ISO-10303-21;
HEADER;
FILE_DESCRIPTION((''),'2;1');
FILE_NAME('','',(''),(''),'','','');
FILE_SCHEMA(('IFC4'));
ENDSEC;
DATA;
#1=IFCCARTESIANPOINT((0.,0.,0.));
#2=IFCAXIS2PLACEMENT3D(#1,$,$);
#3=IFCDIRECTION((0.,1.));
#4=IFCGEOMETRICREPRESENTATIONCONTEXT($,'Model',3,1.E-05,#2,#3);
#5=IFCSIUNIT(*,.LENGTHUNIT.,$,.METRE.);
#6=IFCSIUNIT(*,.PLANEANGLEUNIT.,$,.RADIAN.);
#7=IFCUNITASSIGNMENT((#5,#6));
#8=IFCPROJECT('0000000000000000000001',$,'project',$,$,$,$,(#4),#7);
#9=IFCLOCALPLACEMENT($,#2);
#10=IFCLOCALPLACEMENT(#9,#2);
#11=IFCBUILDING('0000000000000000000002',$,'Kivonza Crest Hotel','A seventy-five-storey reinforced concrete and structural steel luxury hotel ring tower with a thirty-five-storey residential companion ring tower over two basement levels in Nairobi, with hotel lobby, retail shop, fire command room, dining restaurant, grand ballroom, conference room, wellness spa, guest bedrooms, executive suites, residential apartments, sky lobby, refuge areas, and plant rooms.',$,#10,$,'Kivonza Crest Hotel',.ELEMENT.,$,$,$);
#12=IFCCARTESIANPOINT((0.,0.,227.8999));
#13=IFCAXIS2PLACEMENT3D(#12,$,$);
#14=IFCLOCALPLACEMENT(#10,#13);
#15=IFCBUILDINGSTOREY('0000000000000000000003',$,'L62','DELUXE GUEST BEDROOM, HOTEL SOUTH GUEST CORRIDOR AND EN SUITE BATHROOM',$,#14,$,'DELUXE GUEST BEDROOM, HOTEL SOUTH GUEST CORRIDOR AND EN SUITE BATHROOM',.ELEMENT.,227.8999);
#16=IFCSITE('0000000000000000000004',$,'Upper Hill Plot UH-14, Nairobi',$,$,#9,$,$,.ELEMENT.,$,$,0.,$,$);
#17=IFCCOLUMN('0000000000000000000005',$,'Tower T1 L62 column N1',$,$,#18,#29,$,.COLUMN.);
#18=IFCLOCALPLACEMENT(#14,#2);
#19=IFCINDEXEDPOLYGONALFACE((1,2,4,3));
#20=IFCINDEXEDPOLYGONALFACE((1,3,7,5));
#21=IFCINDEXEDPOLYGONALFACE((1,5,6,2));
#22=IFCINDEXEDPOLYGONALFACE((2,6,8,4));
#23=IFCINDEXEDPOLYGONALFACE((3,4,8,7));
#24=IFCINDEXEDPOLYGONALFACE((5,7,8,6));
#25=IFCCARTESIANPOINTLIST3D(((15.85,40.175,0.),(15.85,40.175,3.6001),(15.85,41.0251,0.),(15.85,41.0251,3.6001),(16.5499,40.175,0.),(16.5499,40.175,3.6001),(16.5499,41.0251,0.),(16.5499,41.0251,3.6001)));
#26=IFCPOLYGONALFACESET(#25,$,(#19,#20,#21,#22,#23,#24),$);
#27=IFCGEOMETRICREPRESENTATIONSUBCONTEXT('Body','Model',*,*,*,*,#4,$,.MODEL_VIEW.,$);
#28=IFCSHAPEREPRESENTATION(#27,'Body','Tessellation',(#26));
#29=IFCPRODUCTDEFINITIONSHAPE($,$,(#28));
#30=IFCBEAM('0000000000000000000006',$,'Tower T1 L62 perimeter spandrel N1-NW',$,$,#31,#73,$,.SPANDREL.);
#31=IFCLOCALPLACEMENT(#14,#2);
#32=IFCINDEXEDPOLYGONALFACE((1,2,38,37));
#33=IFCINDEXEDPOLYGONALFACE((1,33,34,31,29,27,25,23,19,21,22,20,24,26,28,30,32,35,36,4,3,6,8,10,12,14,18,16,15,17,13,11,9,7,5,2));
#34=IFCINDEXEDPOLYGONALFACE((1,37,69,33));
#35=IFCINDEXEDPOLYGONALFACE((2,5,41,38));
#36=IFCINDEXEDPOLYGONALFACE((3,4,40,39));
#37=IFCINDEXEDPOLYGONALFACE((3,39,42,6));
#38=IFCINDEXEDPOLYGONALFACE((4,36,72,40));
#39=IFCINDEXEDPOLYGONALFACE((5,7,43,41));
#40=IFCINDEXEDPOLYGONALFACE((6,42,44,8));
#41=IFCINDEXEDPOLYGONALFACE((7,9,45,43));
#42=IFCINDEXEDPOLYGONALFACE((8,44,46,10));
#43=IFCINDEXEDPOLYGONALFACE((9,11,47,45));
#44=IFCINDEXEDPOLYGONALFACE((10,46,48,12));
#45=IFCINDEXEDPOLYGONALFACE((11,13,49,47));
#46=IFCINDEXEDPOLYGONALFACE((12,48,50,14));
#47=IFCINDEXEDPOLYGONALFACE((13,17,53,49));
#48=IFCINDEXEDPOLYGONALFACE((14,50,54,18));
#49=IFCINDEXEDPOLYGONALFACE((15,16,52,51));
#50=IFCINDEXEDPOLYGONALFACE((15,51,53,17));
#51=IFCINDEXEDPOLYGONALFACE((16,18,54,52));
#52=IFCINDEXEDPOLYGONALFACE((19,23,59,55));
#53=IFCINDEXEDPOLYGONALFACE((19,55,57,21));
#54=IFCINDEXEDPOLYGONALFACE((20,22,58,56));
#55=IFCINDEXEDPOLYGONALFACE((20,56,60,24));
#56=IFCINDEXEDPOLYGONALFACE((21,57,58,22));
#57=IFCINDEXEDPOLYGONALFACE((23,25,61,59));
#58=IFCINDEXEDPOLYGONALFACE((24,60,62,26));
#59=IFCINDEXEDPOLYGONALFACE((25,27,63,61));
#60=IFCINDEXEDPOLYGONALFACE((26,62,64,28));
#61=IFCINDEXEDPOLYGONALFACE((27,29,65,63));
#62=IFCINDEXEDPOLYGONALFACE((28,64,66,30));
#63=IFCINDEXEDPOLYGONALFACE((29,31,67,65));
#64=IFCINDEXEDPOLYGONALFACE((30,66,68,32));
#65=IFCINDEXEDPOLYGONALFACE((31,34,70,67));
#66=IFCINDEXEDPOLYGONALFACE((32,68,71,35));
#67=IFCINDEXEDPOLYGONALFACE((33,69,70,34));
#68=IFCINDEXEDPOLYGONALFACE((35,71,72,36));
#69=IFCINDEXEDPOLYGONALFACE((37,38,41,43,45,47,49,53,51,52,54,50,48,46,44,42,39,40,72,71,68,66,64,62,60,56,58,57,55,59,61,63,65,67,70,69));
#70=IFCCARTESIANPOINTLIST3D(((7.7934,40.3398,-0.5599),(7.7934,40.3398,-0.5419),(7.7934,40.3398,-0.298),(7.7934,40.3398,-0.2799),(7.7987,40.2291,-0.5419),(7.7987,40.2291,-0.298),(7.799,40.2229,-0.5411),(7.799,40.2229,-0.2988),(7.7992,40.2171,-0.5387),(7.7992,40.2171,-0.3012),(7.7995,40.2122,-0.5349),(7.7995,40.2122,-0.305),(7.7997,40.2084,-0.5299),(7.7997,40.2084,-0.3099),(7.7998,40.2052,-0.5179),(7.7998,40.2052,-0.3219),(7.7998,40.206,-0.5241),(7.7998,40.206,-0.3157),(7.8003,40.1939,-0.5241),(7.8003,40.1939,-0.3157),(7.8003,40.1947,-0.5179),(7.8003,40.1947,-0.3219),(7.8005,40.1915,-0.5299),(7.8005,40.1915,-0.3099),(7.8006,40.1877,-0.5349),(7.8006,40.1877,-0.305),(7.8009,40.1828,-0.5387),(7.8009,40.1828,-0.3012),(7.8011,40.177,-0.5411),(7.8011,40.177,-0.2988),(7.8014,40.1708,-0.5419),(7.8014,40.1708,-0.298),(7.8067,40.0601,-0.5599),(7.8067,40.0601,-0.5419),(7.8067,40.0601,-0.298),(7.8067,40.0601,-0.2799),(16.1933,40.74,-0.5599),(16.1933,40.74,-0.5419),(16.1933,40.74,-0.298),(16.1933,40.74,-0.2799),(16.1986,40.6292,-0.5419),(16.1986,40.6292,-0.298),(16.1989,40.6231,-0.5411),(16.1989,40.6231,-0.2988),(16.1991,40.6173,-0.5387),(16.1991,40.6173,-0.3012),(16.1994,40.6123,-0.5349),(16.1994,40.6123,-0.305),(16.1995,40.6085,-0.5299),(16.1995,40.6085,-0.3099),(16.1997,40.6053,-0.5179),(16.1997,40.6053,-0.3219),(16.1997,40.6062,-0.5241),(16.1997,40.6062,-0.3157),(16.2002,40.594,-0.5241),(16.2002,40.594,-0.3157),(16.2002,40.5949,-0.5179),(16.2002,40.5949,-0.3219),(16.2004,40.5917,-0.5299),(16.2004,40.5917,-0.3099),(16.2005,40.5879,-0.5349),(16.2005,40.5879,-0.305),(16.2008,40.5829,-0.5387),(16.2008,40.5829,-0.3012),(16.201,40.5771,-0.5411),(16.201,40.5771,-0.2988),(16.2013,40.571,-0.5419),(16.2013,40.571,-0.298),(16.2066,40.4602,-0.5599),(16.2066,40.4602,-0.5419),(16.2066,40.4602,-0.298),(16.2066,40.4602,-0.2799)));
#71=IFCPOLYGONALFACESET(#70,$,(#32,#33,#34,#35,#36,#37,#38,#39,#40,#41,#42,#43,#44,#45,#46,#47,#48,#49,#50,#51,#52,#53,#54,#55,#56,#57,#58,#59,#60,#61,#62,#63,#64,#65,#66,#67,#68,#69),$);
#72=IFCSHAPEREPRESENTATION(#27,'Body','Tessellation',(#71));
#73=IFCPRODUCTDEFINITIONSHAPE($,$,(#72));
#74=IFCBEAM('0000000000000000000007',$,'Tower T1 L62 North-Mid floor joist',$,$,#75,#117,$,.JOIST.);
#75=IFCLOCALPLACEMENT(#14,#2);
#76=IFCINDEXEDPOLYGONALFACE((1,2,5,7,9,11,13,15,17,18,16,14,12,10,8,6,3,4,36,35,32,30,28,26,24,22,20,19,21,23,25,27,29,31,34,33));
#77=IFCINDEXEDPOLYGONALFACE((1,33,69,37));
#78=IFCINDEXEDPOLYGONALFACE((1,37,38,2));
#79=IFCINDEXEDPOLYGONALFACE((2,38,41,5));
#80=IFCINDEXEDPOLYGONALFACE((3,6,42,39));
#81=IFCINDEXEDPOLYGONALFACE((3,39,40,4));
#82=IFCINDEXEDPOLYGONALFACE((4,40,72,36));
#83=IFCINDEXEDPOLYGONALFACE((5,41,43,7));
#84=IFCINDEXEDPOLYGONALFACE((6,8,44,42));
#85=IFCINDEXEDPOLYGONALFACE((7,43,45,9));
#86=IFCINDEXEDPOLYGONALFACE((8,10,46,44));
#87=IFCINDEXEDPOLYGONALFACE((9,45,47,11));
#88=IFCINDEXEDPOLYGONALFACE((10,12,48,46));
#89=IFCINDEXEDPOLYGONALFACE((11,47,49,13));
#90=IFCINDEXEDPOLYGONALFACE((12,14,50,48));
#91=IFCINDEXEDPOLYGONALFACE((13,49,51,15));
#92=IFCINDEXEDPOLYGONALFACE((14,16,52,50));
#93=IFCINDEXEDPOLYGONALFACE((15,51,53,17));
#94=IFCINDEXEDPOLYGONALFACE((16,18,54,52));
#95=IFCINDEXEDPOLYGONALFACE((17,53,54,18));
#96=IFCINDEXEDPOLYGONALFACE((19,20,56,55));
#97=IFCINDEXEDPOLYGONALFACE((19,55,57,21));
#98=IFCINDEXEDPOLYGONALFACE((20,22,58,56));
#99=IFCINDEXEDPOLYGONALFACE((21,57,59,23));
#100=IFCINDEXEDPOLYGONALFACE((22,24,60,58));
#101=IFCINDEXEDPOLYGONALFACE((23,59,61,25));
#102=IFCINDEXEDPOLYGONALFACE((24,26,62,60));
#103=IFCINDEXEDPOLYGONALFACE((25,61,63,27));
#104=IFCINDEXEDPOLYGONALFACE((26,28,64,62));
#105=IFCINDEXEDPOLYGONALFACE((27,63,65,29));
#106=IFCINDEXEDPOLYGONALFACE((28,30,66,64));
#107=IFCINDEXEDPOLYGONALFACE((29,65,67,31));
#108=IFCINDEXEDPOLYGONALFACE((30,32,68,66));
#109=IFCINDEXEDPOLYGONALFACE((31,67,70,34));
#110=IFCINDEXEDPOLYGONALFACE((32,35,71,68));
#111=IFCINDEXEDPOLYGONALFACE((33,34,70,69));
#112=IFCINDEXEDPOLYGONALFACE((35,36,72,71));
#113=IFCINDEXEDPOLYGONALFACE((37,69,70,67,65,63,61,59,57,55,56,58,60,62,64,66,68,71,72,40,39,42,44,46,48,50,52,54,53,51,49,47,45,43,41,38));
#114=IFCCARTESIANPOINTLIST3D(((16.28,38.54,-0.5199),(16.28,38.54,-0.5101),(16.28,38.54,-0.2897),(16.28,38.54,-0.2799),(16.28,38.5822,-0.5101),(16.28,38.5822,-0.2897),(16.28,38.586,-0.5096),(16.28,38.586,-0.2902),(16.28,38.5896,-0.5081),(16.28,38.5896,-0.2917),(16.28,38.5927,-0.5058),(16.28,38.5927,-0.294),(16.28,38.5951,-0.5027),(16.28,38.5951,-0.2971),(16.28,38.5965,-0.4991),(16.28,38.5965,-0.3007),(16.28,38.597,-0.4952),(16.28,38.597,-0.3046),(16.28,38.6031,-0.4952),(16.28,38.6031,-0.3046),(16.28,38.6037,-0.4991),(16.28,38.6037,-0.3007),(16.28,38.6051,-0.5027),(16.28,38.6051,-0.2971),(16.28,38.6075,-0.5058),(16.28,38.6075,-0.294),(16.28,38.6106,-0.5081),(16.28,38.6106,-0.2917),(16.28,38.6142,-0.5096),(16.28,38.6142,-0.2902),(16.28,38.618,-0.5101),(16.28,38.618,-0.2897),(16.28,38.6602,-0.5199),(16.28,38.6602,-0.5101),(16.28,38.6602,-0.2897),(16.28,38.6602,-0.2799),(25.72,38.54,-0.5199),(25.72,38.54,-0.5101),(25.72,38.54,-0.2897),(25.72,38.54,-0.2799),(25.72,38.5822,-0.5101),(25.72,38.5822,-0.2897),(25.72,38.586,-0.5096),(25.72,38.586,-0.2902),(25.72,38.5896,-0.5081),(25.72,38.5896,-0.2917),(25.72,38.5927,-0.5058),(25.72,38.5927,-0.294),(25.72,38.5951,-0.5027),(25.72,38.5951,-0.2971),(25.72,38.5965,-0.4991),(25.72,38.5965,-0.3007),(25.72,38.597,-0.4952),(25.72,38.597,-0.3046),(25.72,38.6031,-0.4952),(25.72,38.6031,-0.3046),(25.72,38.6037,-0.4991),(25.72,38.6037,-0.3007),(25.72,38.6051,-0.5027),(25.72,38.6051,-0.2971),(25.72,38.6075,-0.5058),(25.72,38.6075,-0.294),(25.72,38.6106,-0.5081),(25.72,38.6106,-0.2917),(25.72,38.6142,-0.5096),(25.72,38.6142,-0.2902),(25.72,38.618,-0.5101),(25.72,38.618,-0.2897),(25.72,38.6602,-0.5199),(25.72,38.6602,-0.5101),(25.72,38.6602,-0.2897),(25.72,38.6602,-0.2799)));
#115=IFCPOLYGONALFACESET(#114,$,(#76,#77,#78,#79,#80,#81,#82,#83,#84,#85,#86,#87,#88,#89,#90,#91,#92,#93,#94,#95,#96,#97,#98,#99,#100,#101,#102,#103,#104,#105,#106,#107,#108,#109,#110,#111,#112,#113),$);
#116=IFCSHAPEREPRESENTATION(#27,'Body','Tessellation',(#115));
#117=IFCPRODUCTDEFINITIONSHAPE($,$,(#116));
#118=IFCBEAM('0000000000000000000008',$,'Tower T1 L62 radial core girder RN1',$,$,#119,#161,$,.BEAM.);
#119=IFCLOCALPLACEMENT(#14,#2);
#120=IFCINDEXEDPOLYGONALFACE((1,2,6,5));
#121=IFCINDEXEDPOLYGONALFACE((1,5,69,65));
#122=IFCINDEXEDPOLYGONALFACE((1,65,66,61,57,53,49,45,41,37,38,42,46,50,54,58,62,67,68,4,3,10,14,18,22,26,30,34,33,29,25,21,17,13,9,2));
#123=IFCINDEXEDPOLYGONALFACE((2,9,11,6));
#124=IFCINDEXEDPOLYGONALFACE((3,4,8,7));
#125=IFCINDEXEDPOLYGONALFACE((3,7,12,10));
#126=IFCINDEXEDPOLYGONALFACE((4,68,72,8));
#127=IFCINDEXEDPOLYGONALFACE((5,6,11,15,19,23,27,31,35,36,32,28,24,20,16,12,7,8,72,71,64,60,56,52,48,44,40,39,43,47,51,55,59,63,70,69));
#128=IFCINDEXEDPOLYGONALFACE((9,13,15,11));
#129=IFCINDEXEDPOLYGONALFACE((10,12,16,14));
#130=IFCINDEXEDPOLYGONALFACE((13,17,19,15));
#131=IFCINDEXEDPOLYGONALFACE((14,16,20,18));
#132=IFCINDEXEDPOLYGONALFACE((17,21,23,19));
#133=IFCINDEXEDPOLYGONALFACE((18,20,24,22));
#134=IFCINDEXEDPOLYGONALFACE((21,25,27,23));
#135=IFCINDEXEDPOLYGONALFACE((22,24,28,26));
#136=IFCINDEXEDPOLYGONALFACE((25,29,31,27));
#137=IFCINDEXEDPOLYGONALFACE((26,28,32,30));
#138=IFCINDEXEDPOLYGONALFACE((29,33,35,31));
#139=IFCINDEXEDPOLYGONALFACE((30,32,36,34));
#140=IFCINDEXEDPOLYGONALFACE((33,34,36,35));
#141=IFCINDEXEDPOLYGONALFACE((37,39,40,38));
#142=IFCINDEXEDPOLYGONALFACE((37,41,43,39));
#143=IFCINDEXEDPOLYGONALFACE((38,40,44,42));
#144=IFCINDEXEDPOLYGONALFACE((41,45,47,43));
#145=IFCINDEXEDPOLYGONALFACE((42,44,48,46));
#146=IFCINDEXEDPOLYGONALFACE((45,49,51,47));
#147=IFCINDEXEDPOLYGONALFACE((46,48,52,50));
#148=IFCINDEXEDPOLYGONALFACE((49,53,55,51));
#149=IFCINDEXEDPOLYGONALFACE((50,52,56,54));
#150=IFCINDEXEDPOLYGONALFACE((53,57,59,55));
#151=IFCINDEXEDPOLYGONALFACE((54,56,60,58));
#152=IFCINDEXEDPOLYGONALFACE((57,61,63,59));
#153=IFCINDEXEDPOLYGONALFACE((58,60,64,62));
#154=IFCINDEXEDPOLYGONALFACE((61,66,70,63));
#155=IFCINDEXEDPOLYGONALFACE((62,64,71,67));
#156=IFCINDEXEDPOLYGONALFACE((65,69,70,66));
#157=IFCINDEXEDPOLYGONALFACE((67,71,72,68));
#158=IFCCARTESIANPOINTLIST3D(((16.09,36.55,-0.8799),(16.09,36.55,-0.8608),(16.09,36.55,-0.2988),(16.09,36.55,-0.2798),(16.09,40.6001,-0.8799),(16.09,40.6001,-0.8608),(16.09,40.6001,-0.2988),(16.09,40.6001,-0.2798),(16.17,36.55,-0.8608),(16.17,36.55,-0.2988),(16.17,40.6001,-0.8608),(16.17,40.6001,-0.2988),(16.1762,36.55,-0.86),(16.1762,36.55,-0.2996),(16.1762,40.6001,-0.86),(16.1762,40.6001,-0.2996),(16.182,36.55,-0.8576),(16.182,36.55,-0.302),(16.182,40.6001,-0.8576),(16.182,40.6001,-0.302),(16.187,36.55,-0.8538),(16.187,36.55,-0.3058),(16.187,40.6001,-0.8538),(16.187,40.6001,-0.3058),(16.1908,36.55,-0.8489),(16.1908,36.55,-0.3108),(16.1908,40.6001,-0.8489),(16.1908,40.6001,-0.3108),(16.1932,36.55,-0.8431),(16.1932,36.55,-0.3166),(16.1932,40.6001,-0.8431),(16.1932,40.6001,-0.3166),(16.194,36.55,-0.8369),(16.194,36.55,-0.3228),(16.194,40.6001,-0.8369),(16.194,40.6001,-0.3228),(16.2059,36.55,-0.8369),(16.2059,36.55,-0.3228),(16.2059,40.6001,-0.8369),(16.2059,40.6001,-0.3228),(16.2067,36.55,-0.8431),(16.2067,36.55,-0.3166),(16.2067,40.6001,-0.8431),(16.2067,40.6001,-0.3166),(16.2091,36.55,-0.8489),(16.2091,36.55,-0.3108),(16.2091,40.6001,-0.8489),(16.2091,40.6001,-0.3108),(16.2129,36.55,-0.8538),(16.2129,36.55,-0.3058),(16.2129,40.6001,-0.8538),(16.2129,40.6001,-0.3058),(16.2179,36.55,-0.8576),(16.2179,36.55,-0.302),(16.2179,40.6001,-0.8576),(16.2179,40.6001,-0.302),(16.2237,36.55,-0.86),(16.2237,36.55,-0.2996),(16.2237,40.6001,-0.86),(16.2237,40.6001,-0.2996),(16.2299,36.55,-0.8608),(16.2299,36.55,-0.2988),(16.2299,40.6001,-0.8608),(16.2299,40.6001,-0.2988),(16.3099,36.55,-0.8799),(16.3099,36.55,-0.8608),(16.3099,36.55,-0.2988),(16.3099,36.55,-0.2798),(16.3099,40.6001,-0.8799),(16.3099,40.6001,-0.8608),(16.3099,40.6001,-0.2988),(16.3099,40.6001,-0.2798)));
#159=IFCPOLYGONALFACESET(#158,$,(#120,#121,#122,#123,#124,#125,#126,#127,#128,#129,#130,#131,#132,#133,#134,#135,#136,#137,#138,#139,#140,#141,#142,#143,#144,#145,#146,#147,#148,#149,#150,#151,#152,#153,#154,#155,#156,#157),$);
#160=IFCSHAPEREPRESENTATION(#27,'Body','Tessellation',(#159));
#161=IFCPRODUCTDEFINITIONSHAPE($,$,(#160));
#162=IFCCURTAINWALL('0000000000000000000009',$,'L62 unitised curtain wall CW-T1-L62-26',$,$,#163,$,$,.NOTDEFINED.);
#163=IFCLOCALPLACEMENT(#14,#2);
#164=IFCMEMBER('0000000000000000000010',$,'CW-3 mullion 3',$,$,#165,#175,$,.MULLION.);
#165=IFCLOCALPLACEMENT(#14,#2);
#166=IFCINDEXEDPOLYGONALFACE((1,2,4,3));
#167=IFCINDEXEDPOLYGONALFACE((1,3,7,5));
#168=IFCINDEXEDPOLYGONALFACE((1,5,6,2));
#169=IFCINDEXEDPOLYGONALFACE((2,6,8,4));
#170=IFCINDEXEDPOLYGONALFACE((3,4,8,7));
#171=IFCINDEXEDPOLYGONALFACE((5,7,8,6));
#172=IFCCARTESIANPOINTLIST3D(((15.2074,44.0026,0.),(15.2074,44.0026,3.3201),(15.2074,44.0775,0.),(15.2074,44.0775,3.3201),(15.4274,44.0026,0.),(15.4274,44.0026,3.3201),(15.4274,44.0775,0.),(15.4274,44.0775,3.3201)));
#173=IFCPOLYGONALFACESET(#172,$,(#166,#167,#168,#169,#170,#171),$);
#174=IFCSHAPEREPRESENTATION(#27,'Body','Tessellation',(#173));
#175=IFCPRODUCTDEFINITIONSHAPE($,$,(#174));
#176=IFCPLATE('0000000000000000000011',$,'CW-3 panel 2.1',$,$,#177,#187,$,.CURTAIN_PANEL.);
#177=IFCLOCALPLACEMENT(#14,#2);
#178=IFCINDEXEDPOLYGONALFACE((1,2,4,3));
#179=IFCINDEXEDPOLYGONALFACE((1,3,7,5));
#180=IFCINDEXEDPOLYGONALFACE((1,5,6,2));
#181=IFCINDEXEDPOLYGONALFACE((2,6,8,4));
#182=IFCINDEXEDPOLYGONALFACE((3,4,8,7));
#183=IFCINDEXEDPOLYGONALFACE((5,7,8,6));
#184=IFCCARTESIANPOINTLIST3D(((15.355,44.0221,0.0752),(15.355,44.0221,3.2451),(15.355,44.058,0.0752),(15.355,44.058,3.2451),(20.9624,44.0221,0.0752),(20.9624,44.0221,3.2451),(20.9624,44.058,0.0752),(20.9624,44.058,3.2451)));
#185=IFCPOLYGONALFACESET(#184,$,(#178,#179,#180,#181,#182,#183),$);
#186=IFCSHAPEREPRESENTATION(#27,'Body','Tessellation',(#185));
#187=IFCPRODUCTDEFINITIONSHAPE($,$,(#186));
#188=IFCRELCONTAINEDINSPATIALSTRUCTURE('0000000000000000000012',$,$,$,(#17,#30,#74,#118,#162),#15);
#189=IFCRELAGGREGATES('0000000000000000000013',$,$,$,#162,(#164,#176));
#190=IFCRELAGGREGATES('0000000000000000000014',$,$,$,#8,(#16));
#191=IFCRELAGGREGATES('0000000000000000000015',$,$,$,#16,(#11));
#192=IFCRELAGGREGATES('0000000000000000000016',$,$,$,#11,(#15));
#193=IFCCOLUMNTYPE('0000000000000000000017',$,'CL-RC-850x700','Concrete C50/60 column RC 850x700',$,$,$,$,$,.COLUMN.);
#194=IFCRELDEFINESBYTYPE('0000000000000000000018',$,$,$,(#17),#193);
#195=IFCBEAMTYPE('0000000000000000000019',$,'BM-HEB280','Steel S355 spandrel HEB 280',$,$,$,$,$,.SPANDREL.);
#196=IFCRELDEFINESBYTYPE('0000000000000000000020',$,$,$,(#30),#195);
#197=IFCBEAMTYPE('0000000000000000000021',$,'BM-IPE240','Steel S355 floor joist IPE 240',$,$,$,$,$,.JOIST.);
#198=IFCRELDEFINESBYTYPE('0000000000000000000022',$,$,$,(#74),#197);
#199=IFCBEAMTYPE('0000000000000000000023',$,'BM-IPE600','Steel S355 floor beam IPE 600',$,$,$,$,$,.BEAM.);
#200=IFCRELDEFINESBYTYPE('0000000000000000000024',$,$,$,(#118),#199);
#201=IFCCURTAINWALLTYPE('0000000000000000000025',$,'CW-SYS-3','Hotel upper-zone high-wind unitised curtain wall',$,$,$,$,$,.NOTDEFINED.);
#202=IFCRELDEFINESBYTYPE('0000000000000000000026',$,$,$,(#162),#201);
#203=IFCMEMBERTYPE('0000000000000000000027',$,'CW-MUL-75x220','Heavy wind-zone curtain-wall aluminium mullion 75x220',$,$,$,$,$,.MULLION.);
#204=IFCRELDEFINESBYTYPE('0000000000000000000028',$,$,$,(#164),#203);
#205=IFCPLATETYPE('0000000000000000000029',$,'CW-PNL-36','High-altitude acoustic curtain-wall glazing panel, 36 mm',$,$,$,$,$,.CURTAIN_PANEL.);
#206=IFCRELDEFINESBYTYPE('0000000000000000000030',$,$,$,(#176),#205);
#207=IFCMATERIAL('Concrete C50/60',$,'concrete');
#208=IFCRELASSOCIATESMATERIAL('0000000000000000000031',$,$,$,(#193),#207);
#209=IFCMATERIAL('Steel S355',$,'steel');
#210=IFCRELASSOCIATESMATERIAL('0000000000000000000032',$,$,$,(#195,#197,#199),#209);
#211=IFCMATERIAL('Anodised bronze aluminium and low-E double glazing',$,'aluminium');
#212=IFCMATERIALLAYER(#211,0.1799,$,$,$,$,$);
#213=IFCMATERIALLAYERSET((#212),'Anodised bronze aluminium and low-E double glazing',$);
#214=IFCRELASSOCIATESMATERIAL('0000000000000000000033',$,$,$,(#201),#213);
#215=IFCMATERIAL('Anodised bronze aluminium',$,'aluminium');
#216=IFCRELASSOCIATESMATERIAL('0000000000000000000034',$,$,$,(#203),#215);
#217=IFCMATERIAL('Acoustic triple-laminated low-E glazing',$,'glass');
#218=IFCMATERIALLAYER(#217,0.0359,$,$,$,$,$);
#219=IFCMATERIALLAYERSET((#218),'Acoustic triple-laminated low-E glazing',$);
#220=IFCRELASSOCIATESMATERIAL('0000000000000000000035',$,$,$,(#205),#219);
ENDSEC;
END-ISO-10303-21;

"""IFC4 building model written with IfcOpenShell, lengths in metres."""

from ifc_helpers import new_model, si_unit, direction, frame, origin, origin_2d, place, context, subcontext, project, spatial, rectangle, i_section, extrude, material, layer, layer_set, material_profile, profile_set, type_object, element, aggregate, save


model = new_model("IFC4")

# Units and contexts
model_context = context("Model", 3, precision=1e-05, world=origin(), true_north=direction((0.0, 1.0)))
body_context = subcontext(model_context, "Body", "Model", "MODEL_VIEW")
ifc_project = project(units=[si_unit("LENGTHUNIT", "METRE"), si_unit("PLANEANGLEUNIT", "RADIAN")], contexts=[model_context])

# Site, building, storey
site_placement = place(None, origin())
site = spatial("IfcSite", under=ifc_project, at=site_placement, Name="Upper Hill Plot UH-14, Nairobi", CompositionType="ELEMENT", RefElevation=0.0)
building_placement = place(site_placement, origin())
building = spatial("IfcBuilding", under=site, at=building_placement, Name="Kivonza Crest Hotel", Description="A seventy-five-storey reinforced concrete and structural steel luxury hotel ring tower with a thirty-five-storey residential companion ring tower over two basement levels in Nairobi, with hotel lobby, retail shop, fire command room, dining restaurant, grand ballroom, conference room, wellness spa, guest bedrooms, executive suites, residential apartments, sky lobby, refuge areas, and plant rooms.", LongName="Kivonza Crest Hotel", CompositionType="ELEMENT")
storey_placement = place(building_placement, frame((0.0, 0.0, 227.8999)))
storey = spatial("IfcBuildingStorey", under=building, at=storey_placement, Name="L62", Description="DELUXE GUEST BEDROOM, HOTEL SOUTH GUEST CORRIDOR AND EN SUITE BATHROOM", LongName="DELUXE GUEST BEDROOM, HOTEL SOUTH GUEST CORRIDOR AND EN SUITE BATHROOM", CompositionType="ELEMENT", Elevation=227.8999)

# Column
ifc_material_1 = material(Name="Concrete C50/60", Category="concrete")
ifc_material_profile_1 = material_profile(ifc_material_1, rectangle(XDim=0.7, YDim=0.8501, at=origin_2d()), Name="RC 850x700")
ifc_profile_set_1 = profile_set([ifc_material_profile_1], Name="Concrete C50/60")
column_type = type_object("IfcColumnType", Name="CL-RC-850x700", Description="Concrete C50/60 column RC 850x700", PredefinedType="COLUMN", material=ifc_profile_set_1)
column_placement = place(storey_placement, frame((16.2, 40.6001, 0.0), z_axis=(0.0, 0.0, 1.0), x_axis=(1.0, 0.0, 0.0)))
element("IfcColumn", 1, at=column_placement, inside=storey, type_object=column_type, Name="Tower T1 L62 column N1", PredefinedType="COLUMN", context=body_context, shape_type="SweptSolid", body=[
    extrude(rectangle(XDim=0.7, YDim=0.8501, at=origin_2d()), origin(), (0.0, 0.0, 1.0), 3.6001),
])

# Beams
ifc_material_2 = material(Name="Steel S355", Category="steel")
ifc_material_profile_2 = material_profile(ifc_material_2, i_section(OverallWidth=0.28, OverallDepth=0.28, WebThickness=0.0105, FlangeThickness=0.0181, FilletRadius=0.0239, at=origin_2d()), Name="HEB 280")
ifc_profile_set_2 = profile_set([ifc_material_profile_2], Name="Steel S355")
beam_type_1 = type_object("IfcBeamType", Name="BM-HEB280", Description="Steel S355 spandrel HEB 280", PredefinedType="SPANDREL", material=ifc_profile_set_2)
beam_1_placement = place(storey_placement, frame((16.2, 40.6001, -0.4199), z_axis=(-0.998867, -0.047583, 0.0), x_axis=(0.047583, -0.998867, 0.0)))
element("IfcBeam", 2, at=beam_1_placement, inside=storey, type_object=beam_type_1, Name="Tower T1 L62 perimeter spandrel N1-NW", PredefinedType="SPANDREL", context=body_context, shape_type="SweptSolid", body=[
    extrude(i_section(OverallWidth=0.28, OverallDepth=0.28, WebThickness=0.0105, FlangeThickness=0.0181, FilletRadius=0.0239, at=origin_2d()), origin(), (0.0, 0.0, 1.0), 8.4094),
])
ifc_material_profile_3 = material_profile(ifc_material_2, i_section(OverallWidth=0.1201, OverallDepth=0.24, WebThickness=0.0061, FlangeThickness=0.0098, FilletRadius=0.0149, at=origin_2d()), Name="IPE 240")
ifc_profile_set_3 = profile_set([ifc_material_profile_3], Name="Steel S355")
beam_type_2 = type_object("IfcBeamType", Name="BM-IPE240", Description="Steel S355 floor joist IPE 240", PredefinedType="JOIST", material=ifc_profile_set_3)
beam_2_placement = place(storey_placement, frame((16.28, 38.6001, -0.3999), z_axis=(1.0, 0.0, 0.0), x_axis=(0.0, 1.0, 0.0)))
element("IfcBeam", 3, at=beam_2_placement, inside=storey, type_object=beam_type_2, Name="Tower T1 L62 North-Mid floor joist", PredefinedType="JOIST", context=body_context, shape_type="SweptSolid", body=[
    extrude(i_section(OverallWidth=0.1201, OverallDepth=0.24, WebThickness=0.0061, FlangeThickness=0.0098, FilletRadius=0.0149, at=origin_2d()), origin(), (0.0, 0.0, 1.0), 9.4399),
])
ifc_material_profile_4 = material_profile(ifc_material_2, i_section(OverallWidth=0.22, OverallDepth=0.6001, WebThickness=0.012, FlangeThickness=0.019, FilletRadius=0.0239, at=origin_2d()), Name="IPE 600")
ifc_profile_set_4 = profile_set([ifc_material_profile_4], Name="Steel S355")
beam_type_3 = type_object("IfcBeamType", Name="BM-IPE600", Description="Steel S355 floor beam IPE 600", PredefinedType="BEAM", material=ifc_profile_set_4)
beam_3_placement = place(storey_placement, frame((16.2, 40.6001, -0.5798), z_axis=(0.0, -1.0, 0.0), x_axis=(1.0, 0.0, 0.0)))
element("IfcBeam", 4, at=beam_3_placement, inside=storey, type_object=beam_type_3, Name="Tower T1 L62 radial core girder RN1", PredefinedType="BEAM", context=body_context, shape_type="SweptSolid", body=[
    extrude(i_section(OverallWidth=0.22, OverallDepth=0.6001, WebThickness=0.012, FlangeThickness=0.019, FilletRadius=0.0239, at=origin_2d()), origin(), (0.0, 0.0, 1.0), 4.05),
])

# Curtain wall, member, plate
ifc_material_3 = material(Name="Anodised bronze aluminium and low-E double glazing", Category="aluminium")
ifc_layer_1 = layer(ifc_material_3, 0.1799)
ifc_layer_set_1 = layer_set([ifc_layer_1], Name="Anodised bronze aluminium and low-E double glazing")
curtain_wall_type = type_object("IfcCurtainWallType", Name="CW-SYS-3", Description="Hotel upper-zone high-wind unitised curtain wall", PredefinedType="NOTDEFINED", material=ifc_layer_set_1)
curtain_wall_placement = place(storey_placement, origin())
curtain_wall = element("IfcCurtainWall", 5, at=curtain_wall_placement, inside=storey, type_object=curtain_wall_type, Name="L62 unitised curtain wall CW-T1-L62-26", PredefinedType="NOTDEFINED")
ifc_material_4 = material(Name="Anodised bronze aluminium", Category="aluminium")
ifc_material_profile_5 = material_profile(ifc_material_4, rectangle(XDim=0.075, YDim=0.22, at=origin_2d()), Name="CW-M 75x220")
ifc_profile_set_5 = profile_set([ifc_material_profile_5], Name="Anodised bronze aluminium")
member_type = type_object("IfcMemberType", Name="CW-MUL-75x220", Description="Heavy wind-zone curtain-wall aluminium mullion 75x220", PredefinedType="MULLION", material=ifc_profile_set_5)
member_placement = place(storey_placement, frame((15.3174, 44.04, 0.0), z_axis=(0.0, 0.0, 1.0), x_axis=(0.0, -1.0, 0.0)))
member = element("IfcMember", 6, at=member_placement, type_object=member_type, Name="CW-3 mullion 3", PredefinedType="MULLION", context=body_context, shape_type="SweptSolid", body=[
    extrude(rectangle(XDim=0.075, YDim=0.22, at=origin_2d()), origin(), (0.0, 0.0, 1.0), 3.3201),
])
ifc_material_5 = material(Name="Acoustic triple-laminated low-E glazing", Category="glass")
ifc_layer_2 = layer(ifc_material_5, 0.0359)
ifc_layer_set_2 = layer_set([ifc_layer_2], Name="Acoustic triple-laminated low-E glazing")
plate_type = type_object("IfcPlateType", Name="CW-PNL-36", Description="High-altitude acoustic curtain-wall glazing panel, 36 mm", PredefinedType="CURTAIN_PANEL", material=ifc_layer_set_2)
plate_placement = place(storey_placement, frame((18.1587, 44.04, 0.0752), z_axis=(0.0, 0.0, 1.0), x_axis=(-1.0, 0.0, 0.0)))
plate = element("IfcPlate", 7, at=plate_placement, type_object=plate_type, Name="CW-3 panel 2.1", PredefinedType="CURTAIN_PANEL", context=body_context, shape_type="SweptSolid", body=[
    extrude(rectangle(XDim=5.6074, YDim=0.0359, at=origin_2d()), origin(), (0.0, 0.0, 1.0), 3.1699),
])
aggregate(curtain_wall, [member, plate])

save(model, "model.ifc")
